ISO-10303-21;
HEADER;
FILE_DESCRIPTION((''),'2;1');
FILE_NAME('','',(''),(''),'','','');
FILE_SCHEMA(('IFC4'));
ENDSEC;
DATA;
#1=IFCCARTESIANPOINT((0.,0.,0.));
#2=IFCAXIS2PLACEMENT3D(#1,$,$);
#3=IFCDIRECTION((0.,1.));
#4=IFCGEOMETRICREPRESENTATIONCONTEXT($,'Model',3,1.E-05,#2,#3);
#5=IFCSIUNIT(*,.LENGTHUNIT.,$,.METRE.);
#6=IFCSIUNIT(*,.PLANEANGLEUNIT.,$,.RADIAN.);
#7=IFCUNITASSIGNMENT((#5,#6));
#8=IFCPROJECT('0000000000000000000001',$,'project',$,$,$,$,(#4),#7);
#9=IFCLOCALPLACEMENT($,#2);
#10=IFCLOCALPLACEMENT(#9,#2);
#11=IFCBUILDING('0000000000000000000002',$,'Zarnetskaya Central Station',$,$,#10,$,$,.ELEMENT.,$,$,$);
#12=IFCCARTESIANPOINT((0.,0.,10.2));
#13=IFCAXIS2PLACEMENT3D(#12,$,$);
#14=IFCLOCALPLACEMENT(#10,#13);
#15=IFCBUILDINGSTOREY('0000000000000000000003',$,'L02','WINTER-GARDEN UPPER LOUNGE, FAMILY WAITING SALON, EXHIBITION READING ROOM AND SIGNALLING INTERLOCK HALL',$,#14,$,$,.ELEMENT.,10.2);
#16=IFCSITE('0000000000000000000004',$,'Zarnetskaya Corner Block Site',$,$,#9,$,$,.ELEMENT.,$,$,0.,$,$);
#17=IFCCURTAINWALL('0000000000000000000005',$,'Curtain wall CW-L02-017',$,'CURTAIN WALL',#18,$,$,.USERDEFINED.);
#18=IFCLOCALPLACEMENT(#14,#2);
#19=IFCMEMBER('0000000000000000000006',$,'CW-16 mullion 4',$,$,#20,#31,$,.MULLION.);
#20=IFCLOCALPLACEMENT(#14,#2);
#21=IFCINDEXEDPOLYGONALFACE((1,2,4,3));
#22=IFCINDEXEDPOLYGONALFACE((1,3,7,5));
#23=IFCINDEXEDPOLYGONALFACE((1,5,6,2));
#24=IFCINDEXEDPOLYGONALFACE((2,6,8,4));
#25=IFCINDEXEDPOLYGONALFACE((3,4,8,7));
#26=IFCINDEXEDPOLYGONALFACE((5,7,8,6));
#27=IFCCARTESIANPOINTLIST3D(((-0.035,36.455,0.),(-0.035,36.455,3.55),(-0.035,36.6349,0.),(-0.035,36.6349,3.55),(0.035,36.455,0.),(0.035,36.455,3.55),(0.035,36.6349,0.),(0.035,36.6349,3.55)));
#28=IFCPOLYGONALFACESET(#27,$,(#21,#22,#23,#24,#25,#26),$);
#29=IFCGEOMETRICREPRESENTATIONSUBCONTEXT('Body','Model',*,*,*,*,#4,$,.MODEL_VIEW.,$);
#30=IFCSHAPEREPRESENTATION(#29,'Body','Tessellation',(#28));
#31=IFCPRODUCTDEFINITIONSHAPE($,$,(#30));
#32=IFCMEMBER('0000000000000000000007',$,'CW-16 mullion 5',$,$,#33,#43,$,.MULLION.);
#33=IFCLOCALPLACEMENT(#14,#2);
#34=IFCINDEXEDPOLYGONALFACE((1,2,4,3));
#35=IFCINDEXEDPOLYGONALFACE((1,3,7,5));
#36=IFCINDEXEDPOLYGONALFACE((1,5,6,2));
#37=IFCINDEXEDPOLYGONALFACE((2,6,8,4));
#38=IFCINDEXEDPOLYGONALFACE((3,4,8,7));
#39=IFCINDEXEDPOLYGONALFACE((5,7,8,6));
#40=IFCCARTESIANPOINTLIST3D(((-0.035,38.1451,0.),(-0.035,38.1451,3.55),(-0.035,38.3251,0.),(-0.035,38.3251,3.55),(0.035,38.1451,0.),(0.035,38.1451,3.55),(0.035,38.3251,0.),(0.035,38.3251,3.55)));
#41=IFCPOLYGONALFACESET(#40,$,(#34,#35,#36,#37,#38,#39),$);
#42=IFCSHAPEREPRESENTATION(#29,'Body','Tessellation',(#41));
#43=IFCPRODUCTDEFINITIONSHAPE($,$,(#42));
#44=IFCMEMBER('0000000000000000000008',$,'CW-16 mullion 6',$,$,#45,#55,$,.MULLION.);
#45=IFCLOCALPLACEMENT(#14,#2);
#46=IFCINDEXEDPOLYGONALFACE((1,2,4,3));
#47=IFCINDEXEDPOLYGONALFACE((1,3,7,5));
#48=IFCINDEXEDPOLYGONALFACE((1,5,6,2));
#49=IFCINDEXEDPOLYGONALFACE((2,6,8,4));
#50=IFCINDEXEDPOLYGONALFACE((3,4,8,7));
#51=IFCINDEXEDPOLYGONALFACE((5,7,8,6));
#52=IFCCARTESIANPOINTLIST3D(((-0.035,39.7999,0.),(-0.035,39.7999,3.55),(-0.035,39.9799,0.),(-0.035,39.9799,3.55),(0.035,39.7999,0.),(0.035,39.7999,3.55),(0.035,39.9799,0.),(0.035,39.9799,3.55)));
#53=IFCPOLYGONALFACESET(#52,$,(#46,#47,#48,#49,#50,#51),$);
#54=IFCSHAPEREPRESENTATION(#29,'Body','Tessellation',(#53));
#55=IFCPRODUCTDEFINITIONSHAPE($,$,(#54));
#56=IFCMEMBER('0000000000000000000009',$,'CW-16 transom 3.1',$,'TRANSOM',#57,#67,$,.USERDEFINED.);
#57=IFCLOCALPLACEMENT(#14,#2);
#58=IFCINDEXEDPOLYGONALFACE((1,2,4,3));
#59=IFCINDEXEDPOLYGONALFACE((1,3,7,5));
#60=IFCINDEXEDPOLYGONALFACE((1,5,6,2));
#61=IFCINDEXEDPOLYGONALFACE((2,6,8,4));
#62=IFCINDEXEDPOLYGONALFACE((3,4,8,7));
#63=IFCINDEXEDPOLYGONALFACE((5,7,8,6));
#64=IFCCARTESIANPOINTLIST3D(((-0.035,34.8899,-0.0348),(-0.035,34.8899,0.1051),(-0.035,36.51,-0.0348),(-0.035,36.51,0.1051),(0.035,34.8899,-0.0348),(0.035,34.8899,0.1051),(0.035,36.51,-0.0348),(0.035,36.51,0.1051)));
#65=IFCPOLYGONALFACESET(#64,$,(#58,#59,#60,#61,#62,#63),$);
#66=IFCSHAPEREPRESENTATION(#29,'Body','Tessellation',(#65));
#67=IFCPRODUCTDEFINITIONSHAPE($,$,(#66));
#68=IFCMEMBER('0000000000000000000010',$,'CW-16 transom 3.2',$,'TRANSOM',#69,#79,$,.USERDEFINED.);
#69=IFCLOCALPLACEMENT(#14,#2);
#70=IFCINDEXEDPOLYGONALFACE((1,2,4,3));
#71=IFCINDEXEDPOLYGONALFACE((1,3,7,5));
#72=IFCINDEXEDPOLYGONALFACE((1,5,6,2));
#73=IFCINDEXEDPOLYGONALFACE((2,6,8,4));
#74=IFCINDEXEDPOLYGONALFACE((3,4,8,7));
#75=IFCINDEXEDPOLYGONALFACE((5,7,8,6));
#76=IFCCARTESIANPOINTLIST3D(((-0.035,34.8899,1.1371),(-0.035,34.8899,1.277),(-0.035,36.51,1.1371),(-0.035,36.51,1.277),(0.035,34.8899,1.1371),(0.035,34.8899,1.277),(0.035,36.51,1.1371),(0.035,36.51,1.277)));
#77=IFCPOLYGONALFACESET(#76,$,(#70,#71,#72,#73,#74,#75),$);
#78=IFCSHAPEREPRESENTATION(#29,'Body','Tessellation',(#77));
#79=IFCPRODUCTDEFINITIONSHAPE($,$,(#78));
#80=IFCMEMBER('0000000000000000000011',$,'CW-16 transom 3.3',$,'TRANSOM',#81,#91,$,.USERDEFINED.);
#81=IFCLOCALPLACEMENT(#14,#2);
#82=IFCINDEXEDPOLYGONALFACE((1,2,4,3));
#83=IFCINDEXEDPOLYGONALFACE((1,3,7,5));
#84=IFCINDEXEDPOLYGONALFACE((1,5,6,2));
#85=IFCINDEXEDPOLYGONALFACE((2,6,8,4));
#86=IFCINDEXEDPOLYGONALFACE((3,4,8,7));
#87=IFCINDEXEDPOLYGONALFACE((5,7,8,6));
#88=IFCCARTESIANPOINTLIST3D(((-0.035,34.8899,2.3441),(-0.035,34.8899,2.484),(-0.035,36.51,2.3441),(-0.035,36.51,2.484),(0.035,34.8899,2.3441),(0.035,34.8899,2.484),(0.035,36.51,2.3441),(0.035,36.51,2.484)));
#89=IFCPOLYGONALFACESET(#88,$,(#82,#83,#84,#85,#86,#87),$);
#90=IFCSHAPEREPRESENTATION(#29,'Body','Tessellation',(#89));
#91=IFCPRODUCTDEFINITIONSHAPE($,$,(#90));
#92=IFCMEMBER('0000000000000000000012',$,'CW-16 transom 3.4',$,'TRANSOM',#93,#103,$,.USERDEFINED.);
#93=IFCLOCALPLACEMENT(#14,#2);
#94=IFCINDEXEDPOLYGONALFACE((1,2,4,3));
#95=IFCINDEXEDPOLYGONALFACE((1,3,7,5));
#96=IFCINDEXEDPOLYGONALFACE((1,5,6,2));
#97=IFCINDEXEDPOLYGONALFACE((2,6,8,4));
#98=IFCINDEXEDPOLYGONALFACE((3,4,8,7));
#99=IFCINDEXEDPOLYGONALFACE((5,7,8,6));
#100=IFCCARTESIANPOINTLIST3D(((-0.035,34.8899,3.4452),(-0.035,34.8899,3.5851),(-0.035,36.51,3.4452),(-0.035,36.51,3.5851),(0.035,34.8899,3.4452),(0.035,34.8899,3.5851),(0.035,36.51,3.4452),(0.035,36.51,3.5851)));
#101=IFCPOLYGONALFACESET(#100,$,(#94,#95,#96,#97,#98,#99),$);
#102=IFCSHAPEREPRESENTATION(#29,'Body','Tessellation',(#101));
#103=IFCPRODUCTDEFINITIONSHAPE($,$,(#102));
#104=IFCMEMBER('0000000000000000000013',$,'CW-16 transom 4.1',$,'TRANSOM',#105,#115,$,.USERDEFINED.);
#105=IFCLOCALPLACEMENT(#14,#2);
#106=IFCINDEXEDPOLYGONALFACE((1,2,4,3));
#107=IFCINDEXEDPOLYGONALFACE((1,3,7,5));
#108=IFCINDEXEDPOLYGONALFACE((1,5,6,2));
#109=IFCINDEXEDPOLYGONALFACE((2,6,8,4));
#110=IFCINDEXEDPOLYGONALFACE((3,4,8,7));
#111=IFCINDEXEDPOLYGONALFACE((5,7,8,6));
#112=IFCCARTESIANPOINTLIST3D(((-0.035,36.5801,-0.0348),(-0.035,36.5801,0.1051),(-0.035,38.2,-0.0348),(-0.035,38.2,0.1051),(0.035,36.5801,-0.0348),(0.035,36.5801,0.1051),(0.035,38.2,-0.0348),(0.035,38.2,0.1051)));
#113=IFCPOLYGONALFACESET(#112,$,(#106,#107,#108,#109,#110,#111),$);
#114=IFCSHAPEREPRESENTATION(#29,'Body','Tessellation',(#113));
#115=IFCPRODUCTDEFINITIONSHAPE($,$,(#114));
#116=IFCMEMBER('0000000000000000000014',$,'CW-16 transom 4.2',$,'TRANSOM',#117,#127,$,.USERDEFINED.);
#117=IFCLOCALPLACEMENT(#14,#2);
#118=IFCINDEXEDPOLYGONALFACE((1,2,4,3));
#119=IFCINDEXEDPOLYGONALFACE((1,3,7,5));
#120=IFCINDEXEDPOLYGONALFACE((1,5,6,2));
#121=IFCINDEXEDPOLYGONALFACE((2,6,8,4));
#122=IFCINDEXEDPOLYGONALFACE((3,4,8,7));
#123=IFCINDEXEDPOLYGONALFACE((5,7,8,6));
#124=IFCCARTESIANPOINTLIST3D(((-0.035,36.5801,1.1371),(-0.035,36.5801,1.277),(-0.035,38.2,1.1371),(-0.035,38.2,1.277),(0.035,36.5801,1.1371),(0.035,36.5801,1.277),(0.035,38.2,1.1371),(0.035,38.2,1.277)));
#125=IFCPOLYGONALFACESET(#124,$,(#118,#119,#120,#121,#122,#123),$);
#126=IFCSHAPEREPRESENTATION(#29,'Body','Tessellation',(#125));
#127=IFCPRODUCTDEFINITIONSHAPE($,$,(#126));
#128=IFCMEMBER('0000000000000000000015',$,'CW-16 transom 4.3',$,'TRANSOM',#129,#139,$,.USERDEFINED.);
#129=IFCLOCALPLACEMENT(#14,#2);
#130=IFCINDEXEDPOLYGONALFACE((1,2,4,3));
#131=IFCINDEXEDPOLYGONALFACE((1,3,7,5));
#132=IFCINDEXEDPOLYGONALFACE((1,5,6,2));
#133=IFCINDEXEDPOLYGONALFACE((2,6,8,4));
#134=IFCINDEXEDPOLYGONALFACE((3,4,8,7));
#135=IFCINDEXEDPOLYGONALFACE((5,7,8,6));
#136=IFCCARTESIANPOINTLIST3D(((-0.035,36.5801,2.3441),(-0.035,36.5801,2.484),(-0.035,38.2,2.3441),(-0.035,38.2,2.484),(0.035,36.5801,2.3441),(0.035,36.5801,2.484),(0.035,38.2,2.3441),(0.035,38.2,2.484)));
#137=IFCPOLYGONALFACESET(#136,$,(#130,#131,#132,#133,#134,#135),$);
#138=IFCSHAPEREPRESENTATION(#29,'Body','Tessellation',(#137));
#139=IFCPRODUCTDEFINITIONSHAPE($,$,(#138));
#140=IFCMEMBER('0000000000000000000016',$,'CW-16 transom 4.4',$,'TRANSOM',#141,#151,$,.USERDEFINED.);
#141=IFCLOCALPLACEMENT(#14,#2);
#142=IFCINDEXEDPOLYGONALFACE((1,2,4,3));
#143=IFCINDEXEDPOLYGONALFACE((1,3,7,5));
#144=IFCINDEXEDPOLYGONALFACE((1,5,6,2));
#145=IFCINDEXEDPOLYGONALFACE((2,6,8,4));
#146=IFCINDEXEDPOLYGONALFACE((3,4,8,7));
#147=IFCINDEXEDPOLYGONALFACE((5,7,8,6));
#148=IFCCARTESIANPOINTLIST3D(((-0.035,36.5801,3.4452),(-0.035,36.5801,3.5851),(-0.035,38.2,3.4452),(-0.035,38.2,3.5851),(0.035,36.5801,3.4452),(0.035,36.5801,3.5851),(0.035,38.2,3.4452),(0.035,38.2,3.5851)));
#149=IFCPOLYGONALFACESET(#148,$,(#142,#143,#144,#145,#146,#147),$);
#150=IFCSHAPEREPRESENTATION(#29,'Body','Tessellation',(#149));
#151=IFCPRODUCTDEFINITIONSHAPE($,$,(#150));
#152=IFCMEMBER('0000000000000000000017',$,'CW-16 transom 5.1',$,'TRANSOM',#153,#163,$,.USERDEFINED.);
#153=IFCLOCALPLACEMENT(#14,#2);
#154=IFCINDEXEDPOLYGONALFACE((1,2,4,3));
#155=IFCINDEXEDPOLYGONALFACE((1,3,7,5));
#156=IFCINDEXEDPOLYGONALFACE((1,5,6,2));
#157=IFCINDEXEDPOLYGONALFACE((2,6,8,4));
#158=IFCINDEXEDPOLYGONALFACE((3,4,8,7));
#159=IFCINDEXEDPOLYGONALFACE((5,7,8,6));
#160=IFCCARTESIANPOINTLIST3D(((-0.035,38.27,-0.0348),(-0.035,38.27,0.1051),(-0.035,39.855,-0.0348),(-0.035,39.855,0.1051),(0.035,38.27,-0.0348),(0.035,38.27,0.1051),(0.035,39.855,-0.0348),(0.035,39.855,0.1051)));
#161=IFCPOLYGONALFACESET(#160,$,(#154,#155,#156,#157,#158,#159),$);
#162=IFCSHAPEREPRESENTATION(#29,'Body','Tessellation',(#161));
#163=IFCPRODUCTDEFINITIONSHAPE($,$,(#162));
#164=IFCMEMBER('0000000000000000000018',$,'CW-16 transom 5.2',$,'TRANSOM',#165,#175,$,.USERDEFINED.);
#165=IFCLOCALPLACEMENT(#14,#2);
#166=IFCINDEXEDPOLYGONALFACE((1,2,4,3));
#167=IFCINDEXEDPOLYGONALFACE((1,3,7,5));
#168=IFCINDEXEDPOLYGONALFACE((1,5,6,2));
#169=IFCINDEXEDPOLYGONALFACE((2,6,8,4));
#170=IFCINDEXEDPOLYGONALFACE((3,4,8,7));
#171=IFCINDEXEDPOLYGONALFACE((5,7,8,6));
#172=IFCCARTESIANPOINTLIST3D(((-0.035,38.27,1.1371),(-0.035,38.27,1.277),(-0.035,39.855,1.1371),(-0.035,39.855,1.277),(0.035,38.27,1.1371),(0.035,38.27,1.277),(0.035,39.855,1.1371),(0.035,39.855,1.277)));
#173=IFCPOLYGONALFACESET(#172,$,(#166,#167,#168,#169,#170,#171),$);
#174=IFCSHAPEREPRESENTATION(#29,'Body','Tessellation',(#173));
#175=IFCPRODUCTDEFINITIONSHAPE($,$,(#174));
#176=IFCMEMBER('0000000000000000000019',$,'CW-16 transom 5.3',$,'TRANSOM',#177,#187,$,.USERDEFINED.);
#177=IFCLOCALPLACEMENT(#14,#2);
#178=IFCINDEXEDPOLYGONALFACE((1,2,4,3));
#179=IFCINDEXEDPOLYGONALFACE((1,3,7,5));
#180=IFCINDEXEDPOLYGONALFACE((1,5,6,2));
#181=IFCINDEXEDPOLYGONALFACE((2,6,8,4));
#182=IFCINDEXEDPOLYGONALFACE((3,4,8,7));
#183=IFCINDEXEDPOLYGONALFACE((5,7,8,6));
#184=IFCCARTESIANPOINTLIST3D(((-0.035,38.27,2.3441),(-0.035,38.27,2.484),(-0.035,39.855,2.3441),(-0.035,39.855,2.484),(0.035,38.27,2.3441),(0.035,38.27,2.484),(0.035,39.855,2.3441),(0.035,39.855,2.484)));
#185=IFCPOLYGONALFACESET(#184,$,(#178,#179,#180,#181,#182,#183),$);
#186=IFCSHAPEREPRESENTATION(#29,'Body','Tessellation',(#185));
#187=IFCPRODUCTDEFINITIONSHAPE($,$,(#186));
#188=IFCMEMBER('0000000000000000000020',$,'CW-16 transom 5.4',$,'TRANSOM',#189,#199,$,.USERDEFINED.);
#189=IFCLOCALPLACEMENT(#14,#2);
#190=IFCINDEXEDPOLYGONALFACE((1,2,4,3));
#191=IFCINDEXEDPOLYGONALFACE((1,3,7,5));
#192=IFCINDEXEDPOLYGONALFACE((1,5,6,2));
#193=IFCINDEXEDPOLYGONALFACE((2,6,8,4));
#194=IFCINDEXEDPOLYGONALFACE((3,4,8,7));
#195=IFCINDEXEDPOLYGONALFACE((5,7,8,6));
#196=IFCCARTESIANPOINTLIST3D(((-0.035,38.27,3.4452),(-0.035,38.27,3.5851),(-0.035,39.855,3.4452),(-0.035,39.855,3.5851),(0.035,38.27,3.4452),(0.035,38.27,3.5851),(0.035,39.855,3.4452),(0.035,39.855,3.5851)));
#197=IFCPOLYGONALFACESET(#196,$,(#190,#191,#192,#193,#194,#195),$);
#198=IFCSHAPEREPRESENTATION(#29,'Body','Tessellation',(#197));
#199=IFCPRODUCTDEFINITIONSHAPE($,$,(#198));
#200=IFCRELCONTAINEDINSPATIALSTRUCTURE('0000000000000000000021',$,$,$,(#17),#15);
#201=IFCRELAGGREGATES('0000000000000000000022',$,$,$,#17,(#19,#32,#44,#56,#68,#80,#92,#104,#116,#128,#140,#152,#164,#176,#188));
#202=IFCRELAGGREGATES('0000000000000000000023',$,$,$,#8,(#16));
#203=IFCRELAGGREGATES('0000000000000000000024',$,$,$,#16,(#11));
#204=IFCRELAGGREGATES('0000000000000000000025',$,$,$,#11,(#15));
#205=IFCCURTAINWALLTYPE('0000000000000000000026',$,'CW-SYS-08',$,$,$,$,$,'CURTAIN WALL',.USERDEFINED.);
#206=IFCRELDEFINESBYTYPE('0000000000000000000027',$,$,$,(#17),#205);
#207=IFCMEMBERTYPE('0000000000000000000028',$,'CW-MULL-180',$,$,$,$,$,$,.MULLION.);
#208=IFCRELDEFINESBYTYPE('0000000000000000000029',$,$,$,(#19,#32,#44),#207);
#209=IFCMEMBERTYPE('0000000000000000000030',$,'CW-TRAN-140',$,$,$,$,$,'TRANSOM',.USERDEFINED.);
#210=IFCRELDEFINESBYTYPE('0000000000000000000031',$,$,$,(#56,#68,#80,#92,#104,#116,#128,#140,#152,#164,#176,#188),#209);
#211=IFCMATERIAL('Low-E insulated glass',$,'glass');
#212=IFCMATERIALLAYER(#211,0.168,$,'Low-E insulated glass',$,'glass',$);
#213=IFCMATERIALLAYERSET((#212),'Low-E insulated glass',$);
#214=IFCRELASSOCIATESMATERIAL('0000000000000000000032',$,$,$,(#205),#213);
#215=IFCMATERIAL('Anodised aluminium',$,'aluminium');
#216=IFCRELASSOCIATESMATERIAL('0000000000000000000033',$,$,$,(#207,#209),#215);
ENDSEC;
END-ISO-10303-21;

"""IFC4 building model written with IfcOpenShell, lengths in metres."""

from ifc_helpers import new_model, si_unit, direction, frame, origin, origin_2d, place, context, subcontext, project, spatial, rectangle, extrude, material, layer, layer_set, material_profile, profile_set, type_object, element, aggregate, save


model = new_model("IFC4")

# Units and contexts
model_context = context("Model", 3, precision=1e-05, world=origin(), true_north=direction((0.0, 1.0)))
body_context = subcontext(model_context, "Body", "Model", "MODEL_VIEW")
ifc_project = project(units=[si_unit("LENGTHUNIT", "METRE"), si_unit("PLANEANGLEUNIT", "RADIAN")], contexts=[model_context])

# Site, building, storey
site_placement = place(None, origin())
site = spatial("IfcSite", under=ifc_project, at=site_placement, Name="Zarnetskaya Corner Block Site", CompositionType="ELEMENT", RefElevation=0.0)
building_placement = place(site_placement, origin())
building = spatial("IfcBuilding", under=site, at=building_placement, Name="Zarnetskaya Central Station", CompositionType="ELEMENT")
storey_placement = place(building_placement, frame((0.0, 0.0, 10.2)))
storey = spatial("IfcBuildingStorey", under=building, at=storey_placement, Name="L02", Description="WINTER-GARDEN UPPER LOUNGE, FAMILY WAITING SALON, EXHIBITION READING ROOM AND SIGNALLING INTERLOCK HALL", CompositionType="ELEMENT", Elevation=10.2)

# Curtain wall, members
ifc_material_1 = material(Name="Low-E insulated glass", Category="glass")
ifc_layer_1 = layer(ifc_material_1, 0.168, Name="Low-E insulated glass", Category="glass")
ifc_layer_set_1 = layer_set([ifc_layer_1], Name="Low-E insulated glass")
curtain_wall_type = type_object("IfcCurtainWallType", Name="CW-SYS-08", ElementType="CURTAIN WALL", PredefinedType="USERDEFINED", material=ifc_layer_set_1)
curtain_wall_placement = place(storey_placement, origin())
curtain_wall = element("IfcCurtainWall", 1, at=curtain_wall_placement, inside=storey, type_object=curtain_wall_type, Name="Curtain wall CW-L02-017", ObjectType="CURTAIN WALL", PredefinedType="USERDEFINED")
ifc_material_2 = material(Name="Anodised aluminium", Category="aluminium")
ifc_material_profile_1 = material_profile(ifc_material_2, rectangle(XDim=0.0701, YDim=0.1799, at=origin_2d()), Name="ALU MULL 70x180")
ifc_profile_set_1 = profile_set([ifc_material_profile_1], Name="Anodised aluminium")
member_type_1 = type_object("IfcMemberType", Name="CW-MULL-180", PredefinedType="MULLION", material=ifc_profile_set_1)
member_1_placement = place(storey_placement, frame((0.0, 36.5449, 0.0), z_axis=(0.0, 0.0, 1.0), x_axis=(-1.0, 0.0, 0.0)))
member_1 = element("IfcMember", 2, at=member_1_placement, type_object=member_type_1, Name="CW-16 mullion 4", PredefinedType="MULLION", context=body_context, shape_type="SweptSolid", body=[
    extrude(rectangle(XDim=0.0701, YDim=0.1799, at=origin_2d()), origin(), (0.0, 0.0, 1.0), 3.55),
])
member_2_placement = place(storey_placement, frame((0.0, 38.2351, 0.0), z_axis=(0.0, 0.0, 1.0), x_axis=(-1.0, 0.0, 0.0)))
member_2 = element("IfcMember", 3, at=member_2_placement, type_object=member_type_1, Name="CW-16 mullion 5", PredefinedType="MULLION", context=body_context, shape_type="SweptSolid", body=[
    extrude(rectangle(XDim=0.0701, YDim=0.1799, at=origin_2d()), origin(), (0.0, 0.0, 1.0), 3.55),
])
member_3_placement = place(storey_placement, frame((0.0, 39.8899, 0.0), z_axis=(0.0, 0.0, 1.0), x_axis=(-1.0, 0.0, 0.0)))
member_3 = element("IfcMember", 4, at=member_3_placement, type_object=member_type_1, Name="CW-16 mullion 6", PredefinedType="MULLION", context=body_context, shape_type="SweptSolid", body=[
    extrude(rectangle(XDim=0.0701, YDim=0.1799, at=origin_2d()), origin(), (0.0, 0.0, 1.0), 3.55),
])
ifc_material_profile_2 = material_profile(ifc_material_2, rectangle(XDim=0.0701, YDim=0.1399, at=origin_2d()), Name="ALU TRAN 70x140")
ifc_profile_set_2 = profile_set([ifc_material_profile_2], Name="Anodised aluminium")
member_type_2 = type_object("IfcMemberType", Name="CW-TRAN-140", ElementType="TRANSOM", PredefinedType="USERDEFINED", material=ifc_profile_set_2)
member_4_placement = place(storey_placement, frame((0.0, 34.8899, 0.0352), z_axis=(0.0, 1.0, 0.0), x_axis=(-1.0, 0.0, 0.0)))
member_4 = element("IfcMember", 5, at=member_4_placement, type_object=member_type_2, Name="CW-16 transom 3.1", ObjectType="TRANSOM", PredefinedType="USERDEFINED", context=body_context, shape_type="SweptSolid", body=[
    extrude(rectangle(XDim=0.0701, YDim=0.1399, at=origin_2d()), origin(), (0.0, 0.0, 1.0), 1.6201),
])
member_5_placement = place(storey_placement, frame((0.0, 34.8899, 1.207), z_axis=(0.0, 1.0, 0.0), x_axis=(-1.0, 0.0, 0.0)))
member_5 = element("IfcMember", 6, at=member_5_placement, type_object=member_type_2, Name="CW-16 transom 3.2", ObjectType="TRANSOM", PredefinedType="USERDEFINED", context=body_context, shape_type="SweptSolid", body=[
    extrude(rectangle(XDim=0.0701, YDim=0.1399, at=origin_2d()), origin(), (0.0, 0.0, 1.0), 1.6201),
])
member_6_placement = place(storey_placement, frame((0.0, 34.8899, 2.4141), z_axis=(0.0, 1.0, 0.0), x_axis=(-1.0, 0.0, 0.0)))
member_6 = element("IfcMember", 7, at=member_6_placement, type_object=member_type_2, Name="CW-16 transom 3.3", ObjectType="TRANSOM", PredefinedType="USERDEFINED", context=body_context, shape_type="SweptSolid", body=[
    extrude(rectangle(XDim=0.0701, YDim=0.1399, at=origin_2d()), origin(), (0.0, 0.0, 1.0), 1.6201),
])
member_7_placement = place(storey_placement, frame((0.0, 34.8899, 3.5151), z_axis=(0.0, 1.0, 0.0), x_axis=(-1.0, 0.0, 0.0)))
member_7 = element("IfcMember", 8, at=member_7_placement, type_object=member_type_2, Name="CW-16 transom 3.4", ObjectType="TRANSOM", PredefinedType="USERDEFINED", context=body_context, shape_type="SweptSolid", body=[
    extrude(rectangle(XDim=0.0701, YDim=0.1399, at=origin_2d()), origin(), (0.0, 0.0, 1.0), 1.6201),
])
member_8_placement = place(storey_placement, frame((0.0, 36.5801, 0.0352), z_axis=(0.0, 1.0, 0.0), x_axis=(-1.0, 0.0, 0.0)))
member_8 = element("IfcMember", 9, at=member_8_placement, type_object=member_type_2, Name="CW-16 transom 4.1", ObjectType="TRANSOM", PredefinedType="USERDEFINED", context=body_context, shape_type="SweptSolid", body=[
    extrude(rectangle(XDim=0.0701, YDim=0.1399, at=origin_2d()), origin(), (0.0, 0.0, 1.0), 1.6199),
])
member_9_placement = place(storey_placement, frame((0.0, 36.5801, 1.207), z_axis=(0.0, 1.0, 0.0), x_axis=(-1.0, 0.0, 0.0)))
member_9 = element("IfcMember", 10, at=member_9_placement, type_object=member_type_2, Name="CW-16 transom 4.2", ObjectType="TRANSOM", PredefinedType="USERDEFINED", context=body_context, shape_type="SweptSolid", body=[
    extrude(rectangle(XDim=0.0701, YDim=0.1399, at=origin_2d()), origin(), (0.0, 0.0, 1.0), 1.6199),
])
member_10_placement = place(storey_placement, frame((0.0, 36.5801, 2.4141), z_axis=(0.0, 1.0, 0.0), x_axis=(-1.0, 0.0, 0.0)))
member_10 = element("IfcMember", 11, at=member_10_placement, type_object=member_type_2, Name="CW-16 transom 4.3", ObjectType="TRANSOM", PredefinedType="USERDEFINED", context=body_context, shape_type="SweptSolid", body=[
    extrude(rectangle(XDim=0.0701, YDim=0.1399, at=origin_2d()), origin(), (0.0, 0.0, 1.0), 1.6199),
])
member_11_placement = place(storey_placement, frame((0.0, 36.5801, 3.5151), z_axis=(0.0, 1.0, 0.0), x_axis=(-1.0, 0.0, 0.0)))
member_11 = element("IfcMember", 12, at=member_11_placement, type_object=member_type_2, Name="CW-16 transom 4.4", ObjectType="TRANSOM", PredefinedType="USERDEFINED", context=body_context, shape_type="SweptSolid", body=[
    extrude(rectangle(XDim=0.0701, YDim=0.1399, at=origin_2d()), origin(), (0.0, 0.0, 1.0), 1.6199),
])
member_12_placement = place(storey_placement, frame((0.0, 38.27, 0.0352), z_axis=(0.0, 1.0, 0.0), x_axis=(-1.0, 0.0, 0.0)))
member_12 = element("IfcMember", 13, at=member_12_placement, type_object=member_type_2, Name="CW-16 transom 5.1", ObjectType="TRANSOM", PredefinedType="USERDEFINED", context=body_context, shape_type="SweptSolid", body=[
    extrude(rectangle(XDim=0.0701, YDim=0.1399, at=origin_2d()), origin(), (0.0, 0.0, 1.0), 1.585),
])
member_13_placement = place(storey_placement, frame((0.0, 38.27, 1.207), z_axis=(0.0, 1.0, 0.0), x_axis=(-1.0, 0.0, 0.0)))
member_13 = element("IfcMember", 14, at=member_13_placement, type_object=member_type_2, Name="CW-16 transom 5.2", ObjectType="TRANSOM", PredefinedType="USERDEFINED", context=body_context, shape_type="SweptSolid", body=[
    extrude(rectangle(XDim=0.0701, YDim=0.1399, at=origin_2d()), origin(), (0.0, 0.0, 1.0), 1.585),
])
member_14_placement = place(storey_placement, frame((0.0, 38.27, 2.4141), z_axis=(0.0, 1.0, 0.0), x_axis=(-1.0, 0.0, 0.0)))
member_14 = element("IfcMember", 15, at=member_14_placement, type_object=member_type_2, Name="CW-16 transom 5.3", ObjectType="TRANSOM", PredefinedType="USERDEFINED", context=body_context, shape_type="SweptSolid", body=[
    extrude(rectangle(XDim=0.0701, YDim=0.1399, at=origin_2d()), origin(), (0.0, 0.0, 1.0), 1.585),
])
member_15_placement = place(storey_placement, frame((0.0, 38.27, 3.5151), z_axis=(0.0, 1.0, 0.0), x_axis=(-1.0, 0.0, 0.0)))
member_15 = element("IfcMember", 16, at=member_15_placement, type_object=member_type_2, Name="CW-16 transom 5.4", ObjectType="TRANSOM", PredefinedType="USERDEFINED", context=body_context, shape_type="SweptSolid", body=[
    extrude(rectangle(XDim=0.0701, YDim=0.1399, at=origin_2d()), origin(), (0.0, 0.0, 1.0), 1.585),
])
aggregate(curtain_wall, [member_1, member_2, member_3, member_4, member_5, member_6, member_7, member_8, member_9, member_10, member_11, member_12, member_13, member_14, member_15])

save(model, "model.ifc")
